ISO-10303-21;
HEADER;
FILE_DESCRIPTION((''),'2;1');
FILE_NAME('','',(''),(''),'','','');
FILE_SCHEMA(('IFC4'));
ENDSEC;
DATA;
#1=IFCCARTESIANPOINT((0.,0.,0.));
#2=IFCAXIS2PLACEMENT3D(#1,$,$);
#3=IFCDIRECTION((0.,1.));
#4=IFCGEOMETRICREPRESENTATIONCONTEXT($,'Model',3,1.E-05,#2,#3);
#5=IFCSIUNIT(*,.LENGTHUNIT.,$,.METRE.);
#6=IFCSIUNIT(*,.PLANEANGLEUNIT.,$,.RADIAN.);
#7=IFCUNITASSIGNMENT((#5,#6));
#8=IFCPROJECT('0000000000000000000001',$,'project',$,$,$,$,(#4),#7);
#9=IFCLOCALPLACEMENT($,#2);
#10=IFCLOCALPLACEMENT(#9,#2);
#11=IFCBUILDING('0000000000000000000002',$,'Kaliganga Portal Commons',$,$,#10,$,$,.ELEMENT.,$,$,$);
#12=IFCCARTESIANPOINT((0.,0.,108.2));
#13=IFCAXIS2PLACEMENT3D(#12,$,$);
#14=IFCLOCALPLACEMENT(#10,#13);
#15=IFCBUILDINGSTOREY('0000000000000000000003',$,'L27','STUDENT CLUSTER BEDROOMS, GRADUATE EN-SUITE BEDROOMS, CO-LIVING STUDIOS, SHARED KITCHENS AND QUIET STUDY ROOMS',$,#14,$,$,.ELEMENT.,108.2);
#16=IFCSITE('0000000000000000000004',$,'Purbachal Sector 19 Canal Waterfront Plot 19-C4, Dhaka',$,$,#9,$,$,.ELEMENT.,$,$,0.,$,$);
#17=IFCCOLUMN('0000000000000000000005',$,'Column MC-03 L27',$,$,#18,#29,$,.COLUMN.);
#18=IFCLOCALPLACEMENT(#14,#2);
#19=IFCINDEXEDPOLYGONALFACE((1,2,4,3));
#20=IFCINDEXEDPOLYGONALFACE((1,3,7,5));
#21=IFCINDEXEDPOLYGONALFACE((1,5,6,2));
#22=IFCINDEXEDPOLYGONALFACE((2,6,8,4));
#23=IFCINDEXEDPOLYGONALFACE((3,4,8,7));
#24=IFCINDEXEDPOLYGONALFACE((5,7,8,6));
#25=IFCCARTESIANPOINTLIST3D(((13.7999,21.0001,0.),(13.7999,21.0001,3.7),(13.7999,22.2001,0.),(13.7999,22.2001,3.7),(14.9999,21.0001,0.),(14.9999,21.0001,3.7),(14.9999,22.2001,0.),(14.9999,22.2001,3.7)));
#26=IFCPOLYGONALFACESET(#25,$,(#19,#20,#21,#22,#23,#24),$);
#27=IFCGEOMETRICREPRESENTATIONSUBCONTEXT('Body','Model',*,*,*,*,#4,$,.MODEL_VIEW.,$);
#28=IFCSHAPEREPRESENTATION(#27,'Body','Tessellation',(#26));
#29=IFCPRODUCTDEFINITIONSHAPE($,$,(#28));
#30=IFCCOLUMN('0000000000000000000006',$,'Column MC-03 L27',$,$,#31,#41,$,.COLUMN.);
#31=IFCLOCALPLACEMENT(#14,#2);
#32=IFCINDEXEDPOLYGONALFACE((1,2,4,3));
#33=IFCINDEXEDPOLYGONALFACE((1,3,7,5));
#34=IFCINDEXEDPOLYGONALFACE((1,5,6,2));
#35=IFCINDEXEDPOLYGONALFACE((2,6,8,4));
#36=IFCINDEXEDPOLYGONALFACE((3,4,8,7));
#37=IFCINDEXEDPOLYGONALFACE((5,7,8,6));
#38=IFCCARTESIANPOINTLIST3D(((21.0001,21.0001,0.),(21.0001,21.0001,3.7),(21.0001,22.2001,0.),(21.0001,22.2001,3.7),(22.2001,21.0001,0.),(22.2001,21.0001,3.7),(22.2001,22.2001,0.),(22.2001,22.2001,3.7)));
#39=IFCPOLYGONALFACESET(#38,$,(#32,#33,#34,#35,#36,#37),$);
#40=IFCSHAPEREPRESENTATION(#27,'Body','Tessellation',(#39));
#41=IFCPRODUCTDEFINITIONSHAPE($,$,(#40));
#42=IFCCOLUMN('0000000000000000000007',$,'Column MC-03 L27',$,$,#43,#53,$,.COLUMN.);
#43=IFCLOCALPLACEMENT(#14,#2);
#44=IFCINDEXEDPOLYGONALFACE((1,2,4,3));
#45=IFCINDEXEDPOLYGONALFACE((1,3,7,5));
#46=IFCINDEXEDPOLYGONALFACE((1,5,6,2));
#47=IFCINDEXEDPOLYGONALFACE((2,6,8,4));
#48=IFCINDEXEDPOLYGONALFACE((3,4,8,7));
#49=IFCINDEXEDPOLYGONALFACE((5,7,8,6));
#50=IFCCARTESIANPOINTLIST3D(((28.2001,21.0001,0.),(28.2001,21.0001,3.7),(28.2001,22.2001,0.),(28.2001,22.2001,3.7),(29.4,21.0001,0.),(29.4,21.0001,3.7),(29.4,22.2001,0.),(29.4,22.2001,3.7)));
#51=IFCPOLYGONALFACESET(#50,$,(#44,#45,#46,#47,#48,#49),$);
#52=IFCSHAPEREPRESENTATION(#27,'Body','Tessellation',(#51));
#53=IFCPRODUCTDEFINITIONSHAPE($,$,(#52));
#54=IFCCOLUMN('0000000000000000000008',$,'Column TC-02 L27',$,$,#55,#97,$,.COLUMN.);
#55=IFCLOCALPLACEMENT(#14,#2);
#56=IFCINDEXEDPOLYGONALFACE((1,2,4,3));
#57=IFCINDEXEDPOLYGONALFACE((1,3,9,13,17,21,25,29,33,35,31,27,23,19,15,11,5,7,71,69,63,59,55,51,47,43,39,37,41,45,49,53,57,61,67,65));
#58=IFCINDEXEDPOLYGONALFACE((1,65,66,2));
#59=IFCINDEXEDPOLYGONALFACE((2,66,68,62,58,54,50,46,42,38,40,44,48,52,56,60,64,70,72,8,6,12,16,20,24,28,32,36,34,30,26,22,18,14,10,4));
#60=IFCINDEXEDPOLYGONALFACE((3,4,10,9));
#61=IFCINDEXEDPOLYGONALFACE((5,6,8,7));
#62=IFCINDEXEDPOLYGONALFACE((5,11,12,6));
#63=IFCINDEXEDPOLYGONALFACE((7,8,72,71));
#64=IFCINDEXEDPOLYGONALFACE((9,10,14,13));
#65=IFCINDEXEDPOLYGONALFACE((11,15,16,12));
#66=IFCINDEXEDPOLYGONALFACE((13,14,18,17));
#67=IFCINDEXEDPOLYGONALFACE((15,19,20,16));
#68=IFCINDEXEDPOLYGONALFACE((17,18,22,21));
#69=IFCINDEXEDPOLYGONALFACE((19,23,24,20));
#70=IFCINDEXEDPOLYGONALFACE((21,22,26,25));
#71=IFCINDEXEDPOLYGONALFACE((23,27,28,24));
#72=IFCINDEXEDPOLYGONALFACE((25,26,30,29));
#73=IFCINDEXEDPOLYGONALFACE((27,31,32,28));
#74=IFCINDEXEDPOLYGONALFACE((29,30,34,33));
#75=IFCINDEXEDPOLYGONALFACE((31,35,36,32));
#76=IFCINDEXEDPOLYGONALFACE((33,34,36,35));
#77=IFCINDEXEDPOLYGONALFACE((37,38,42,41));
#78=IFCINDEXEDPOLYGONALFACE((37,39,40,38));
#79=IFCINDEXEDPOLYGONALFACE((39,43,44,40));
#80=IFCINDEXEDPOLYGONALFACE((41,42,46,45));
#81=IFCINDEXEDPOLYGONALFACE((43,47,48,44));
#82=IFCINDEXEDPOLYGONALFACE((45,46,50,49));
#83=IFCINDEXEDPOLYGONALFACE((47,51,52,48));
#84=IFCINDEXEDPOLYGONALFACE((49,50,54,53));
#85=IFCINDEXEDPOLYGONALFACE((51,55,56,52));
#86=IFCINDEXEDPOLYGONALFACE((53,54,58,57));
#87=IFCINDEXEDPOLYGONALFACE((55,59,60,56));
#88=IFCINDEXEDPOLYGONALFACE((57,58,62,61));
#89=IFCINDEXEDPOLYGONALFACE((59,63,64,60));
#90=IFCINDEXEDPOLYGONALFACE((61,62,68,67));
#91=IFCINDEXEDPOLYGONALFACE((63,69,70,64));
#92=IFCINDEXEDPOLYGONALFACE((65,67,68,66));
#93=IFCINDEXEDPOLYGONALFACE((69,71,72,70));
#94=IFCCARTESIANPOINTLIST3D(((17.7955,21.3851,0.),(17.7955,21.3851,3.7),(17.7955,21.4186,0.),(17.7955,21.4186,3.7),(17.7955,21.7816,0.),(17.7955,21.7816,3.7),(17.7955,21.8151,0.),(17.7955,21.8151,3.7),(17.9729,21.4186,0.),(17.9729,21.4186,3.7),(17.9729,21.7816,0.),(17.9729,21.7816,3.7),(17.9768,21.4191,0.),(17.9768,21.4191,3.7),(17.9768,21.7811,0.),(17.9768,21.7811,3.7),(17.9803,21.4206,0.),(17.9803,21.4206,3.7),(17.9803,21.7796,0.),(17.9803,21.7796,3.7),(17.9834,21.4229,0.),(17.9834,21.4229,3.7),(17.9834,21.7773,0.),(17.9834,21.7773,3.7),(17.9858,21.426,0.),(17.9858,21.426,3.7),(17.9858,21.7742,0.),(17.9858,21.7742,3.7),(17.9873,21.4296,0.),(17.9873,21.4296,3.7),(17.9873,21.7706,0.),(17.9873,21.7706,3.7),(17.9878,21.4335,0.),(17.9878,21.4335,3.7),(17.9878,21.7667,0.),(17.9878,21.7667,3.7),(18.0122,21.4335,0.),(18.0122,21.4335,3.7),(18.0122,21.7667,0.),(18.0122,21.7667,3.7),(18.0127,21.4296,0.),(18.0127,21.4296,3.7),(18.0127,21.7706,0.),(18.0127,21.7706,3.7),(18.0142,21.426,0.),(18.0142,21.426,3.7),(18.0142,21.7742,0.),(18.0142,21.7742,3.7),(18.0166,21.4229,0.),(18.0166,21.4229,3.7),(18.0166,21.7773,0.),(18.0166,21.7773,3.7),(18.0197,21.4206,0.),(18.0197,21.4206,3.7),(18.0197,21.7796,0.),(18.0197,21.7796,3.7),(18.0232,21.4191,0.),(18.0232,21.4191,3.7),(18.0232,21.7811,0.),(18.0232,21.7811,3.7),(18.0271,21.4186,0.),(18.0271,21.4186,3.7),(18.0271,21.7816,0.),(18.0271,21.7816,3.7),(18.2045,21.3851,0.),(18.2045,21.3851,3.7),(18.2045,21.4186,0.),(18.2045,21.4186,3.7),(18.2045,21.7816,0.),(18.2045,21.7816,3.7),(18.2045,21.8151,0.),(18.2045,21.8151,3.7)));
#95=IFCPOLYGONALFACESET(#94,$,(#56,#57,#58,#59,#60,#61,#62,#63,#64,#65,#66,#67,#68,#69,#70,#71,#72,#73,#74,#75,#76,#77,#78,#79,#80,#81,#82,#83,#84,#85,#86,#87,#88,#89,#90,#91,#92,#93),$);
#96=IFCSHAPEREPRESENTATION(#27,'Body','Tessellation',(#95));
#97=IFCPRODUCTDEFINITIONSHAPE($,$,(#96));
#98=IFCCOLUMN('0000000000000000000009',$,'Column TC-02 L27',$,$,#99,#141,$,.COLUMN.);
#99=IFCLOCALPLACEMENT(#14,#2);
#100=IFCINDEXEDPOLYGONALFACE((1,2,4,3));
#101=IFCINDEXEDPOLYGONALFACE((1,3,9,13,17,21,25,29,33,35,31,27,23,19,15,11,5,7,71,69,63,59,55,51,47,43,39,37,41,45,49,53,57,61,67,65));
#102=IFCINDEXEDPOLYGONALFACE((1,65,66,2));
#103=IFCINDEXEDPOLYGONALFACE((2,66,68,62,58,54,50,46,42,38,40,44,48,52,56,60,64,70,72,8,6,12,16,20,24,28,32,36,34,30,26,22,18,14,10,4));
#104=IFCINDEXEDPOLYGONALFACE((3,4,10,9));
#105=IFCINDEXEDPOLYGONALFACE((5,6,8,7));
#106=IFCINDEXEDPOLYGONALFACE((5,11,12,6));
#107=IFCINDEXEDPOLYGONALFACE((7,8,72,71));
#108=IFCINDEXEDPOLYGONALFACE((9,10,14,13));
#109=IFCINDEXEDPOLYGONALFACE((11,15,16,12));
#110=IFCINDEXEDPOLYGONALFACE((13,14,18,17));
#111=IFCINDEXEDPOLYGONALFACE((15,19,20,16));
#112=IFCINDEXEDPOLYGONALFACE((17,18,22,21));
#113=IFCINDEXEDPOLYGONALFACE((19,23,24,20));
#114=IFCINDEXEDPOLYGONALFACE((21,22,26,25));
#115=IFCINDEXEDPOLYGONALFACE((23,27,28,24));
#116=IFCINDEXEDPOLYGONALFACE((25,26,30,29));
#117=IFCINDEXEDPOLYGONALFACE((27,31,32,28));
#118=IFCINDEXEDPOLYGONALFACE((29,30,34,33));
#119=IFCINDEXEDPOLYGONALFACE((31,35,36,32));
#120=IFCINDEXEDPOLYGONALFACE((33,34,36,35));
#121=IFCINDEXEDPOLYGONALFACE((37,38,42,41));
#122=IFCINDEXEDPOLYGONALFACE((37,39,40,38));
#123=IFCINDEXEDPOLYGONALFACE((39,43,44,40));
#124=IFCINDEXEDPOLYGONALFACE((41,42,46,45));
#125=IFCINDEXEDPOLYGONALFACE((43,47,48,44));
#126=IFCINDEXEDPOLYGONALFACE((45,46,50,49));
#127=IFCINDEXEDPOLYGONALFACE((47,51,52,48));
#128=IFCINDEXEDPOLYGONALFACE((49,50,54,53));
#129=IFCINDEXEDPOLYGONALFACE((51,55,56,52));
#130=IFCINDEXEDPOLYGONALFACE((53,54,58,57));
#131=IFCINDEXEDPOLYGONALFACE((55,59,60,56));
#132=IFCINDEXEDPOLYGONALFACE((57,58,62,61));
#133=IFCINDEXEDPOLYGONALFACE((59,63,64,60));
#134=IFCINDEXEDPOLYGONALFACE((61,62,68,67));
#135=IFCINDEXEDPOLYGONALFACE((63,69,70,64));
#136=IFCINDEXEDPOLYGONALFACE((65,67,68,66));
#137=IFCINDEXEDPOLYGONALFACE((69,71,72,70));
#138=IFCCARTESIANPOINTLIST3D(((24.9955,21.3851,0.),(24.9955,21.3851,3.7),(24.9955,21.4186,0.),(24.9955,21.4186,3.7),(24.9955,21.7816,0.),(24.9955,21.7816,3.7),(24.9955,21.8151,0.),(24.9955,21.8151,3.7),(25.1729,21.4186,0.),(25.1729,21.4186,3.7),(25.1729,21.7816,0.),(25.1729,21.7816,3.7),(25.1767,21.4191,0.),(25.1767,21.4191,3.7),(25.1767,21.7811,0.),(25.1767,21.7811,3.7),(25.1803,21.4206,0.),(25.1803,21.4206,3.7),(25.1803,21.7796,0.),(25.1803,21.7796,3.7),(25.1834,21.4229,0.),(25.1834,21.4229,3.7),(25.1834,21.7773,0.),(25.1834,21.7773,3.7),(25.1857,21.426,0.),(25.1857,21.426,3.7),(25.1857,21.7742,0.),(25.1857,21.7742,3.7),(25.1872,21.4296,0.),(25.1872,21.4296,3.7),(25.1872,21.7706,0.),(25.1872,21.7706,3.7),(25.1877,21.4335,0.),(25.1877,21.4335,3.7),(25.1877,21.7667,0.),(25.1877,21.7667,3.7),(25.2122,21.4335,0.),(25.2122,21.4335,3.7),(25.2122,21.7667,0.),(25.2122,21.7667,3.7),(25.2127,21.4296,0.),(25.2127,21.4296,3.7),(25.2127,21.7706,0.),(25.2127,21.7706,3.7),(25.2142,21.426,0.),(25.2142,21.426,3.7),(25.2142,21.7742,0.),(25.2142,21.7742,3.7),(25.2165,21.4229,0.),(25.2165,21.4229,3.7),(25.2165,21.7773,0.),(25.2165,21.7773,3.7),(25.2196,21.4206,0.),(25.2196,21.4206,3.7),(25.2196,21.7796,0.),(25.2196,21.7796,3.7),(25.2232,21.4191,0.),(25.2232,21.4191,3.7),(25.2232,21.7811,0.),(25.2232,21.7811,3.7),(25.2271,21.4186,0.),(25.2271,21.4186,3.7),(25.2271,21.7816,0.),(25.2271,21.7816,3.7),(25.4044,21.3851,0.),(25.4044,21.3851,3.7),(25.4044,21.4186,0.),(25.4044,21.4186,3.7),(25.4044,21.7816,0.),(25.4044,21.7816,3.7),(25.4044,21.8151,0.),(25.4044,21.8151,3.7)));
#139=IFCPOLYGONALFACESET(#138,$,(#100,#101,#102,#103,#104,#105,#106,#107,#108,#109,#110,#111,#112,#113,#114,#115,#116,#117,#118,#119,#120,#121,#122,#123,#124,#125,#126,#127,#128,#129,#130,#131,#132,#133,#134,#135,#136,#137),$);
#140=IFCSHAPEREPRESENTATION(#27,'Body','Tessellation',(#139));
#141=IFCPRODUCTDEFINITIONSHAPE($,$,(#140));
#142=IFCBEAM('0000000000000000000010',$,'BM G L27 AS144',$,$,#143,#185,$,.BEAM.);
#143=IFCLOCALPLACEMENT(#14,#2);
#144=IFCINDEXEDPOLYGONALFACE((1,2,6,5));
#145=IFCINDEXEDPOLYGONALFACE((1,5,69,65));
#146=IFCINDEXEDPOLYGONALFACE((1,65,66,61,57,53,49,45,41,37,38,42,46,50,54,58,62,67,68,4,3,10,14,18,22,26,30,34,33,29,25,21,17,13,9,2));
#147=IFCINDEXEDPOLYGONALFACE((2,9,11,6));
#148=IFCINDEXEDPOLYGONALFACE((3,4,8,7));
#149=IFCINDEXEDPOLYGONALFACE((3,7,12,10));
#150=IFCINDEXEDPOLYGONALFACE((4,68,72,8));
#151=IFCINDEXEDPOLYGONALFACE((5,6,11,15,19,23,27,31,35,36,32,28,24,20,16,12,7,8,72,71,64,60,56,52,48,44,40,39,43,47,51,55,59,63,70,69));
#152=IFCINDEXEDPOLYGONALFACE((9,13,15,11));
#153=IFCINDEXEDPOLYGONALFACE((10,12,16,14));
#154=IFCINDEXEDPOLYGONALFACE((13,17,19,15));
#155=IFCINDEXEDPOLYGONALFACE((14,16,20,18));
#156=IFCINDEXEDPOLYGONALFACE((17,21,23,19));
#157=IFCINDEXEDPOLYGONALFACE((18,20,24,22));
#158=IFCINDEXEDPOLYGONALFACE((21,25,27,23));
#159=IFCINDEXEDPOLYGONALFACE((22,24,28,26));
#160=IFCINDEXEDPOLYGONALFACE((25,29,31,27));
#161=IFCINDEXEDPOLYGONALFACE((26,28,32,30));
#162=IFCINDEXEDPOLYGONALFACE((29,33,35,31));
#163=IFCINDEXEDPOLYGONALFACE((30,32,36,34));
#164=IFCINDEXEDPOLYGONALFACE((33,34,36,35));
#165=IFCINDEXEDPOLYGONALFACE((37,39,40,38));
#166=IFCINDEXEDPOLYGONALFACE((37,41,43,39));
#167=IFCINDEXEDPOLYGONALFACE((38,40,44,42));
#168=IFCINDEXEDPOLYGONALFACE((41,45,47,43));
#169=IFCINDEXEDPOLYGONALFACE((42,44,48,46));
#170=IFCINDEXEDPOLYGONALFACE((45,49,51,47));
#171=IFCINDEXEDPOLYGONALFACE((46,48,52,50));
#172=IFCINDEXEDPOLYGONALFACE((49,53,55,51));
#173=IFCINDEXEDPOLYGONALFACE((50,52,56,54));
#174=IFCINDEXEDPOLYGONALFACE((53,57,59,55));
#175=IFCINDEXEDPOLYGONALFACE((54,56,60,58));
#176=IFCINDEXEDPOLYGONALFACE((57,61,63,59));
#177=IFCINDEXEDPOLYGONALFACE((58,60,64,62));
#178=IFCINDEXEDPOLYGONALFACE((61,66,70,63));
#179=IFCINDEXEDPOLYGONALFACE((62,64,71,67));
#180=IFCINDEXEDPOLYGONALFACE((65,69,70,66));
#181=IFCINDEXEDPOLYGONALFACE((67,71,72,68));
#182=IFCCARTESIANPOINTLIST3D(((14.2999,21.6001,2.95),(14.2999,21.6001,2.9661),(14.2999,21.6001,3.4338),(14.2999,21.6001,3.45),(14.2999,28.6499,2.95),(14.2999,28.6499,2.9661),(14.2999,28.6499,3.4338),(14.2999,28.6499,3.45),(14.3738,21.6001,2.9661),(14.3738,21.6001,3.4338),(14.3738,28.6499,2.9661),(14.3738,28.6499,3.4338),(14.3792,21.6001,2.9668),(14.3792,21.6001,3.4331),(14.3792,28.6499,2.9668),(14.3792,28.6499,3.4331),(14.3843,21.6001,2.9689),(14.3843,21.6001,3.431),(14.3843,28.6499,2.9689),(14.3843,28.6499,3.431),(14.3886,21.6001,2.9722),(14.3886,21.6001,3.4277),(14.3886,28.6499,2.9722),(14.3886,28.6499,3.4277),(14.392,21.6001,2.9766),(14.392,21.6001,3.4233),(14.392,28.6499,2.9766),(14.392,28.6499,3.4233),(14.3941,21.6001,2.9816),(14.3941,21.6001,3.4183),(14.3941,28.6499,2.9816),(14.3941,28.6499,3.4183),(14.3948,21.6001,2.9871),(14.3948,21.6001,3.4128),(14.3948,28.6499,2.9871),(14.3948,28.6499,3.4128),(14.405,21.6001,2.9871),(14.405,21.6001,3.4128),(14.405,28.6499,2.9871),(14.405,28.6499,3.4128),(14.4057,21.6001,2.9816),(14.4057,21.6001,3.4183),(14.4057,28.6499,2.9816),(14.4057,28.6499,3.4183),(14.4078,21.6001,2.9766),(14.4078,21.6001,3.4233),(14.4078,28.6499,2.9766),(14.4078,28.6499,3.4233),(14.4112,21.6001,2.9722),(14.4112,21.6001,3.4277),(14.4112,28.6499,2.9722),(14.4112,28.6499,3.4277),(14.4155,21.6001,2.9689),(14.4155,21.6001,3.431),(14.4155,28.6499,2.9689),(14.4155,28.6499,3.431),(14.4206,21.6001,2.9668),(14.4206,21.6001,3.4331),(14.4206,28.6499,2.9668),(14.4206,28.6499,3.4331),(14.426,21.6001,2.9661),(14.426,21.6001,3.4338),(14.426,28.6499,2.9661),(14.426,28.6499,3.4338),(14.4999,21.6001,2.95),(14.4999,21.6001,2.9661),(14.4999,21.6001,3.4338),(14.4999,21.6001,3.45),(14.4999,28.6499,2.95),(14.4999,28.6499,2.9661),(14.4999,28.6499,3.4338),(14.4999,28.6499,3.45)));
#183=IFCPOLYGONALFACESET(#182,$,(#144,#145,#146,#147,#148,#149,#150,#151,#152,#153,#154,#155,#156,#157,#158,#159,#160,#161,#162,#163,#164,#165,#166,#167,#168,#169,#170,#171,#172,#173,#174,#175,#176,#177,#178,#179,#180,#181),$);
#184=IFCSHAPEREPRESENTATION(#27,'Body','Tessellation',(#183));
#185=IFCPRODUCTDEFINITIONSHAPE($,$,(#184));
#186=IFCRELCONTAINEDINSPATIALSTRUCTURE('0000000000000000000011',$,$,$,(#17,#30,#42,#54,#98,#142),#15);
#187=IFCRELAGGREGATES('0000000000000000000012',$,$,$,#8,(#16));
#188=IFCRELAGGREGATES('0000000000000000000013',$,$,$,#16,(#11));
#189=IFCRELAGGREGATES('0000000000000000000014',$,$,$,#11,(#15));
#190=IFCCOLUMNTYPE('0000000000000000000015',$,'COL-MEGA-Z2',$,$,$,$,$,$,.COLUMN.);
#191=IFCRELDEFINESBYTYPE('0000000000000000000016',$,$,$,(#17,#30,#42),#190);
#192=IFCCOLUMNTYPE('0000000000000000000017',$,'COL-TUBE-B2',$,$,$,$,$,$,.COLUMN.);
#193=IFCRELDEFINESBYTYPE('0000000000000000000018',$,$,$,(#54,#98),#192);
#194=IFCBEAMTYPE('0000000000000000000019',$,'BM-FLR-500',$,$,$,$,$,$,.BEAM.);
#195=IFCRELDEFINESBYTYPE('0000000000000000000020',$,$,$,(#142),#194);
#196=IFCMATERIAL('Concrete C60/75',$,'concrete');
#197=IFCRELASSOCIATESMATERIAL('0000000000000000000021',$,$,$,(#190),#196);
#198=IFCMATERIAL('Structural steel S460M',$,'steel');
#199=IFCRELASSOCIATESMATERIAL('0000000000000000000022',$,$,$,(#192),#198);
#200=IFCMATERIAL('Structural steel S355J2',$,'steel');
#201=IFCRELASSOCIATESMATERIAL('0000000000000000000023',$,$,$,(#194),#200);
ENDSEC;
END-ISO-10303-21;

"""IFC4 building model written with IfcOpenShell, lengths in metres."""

from ifc_helpers import new_model, si_unit, direction, frame, origin, origin_2d, place, context, subcontext, project, spatial, rectangle, i_section, extrude, source, transform, mapped, material, material_profile, profile_set, type_object, element, save


model = new_model("IFC4")

# Units and contexts
model_context = context("Model", 3, precision=1e-05, world=origin(), true_north=direction((0.0, 1.0)))
body_context = subcontext(model_context, "Body", "Model", "MODEL_VIEW")
ifc_project = project(units=[si_unit("LENGTHUNIT", "METRE"), si_unit("PLANEANGLEUNIT", "RADIAN")], contexts=[model_context])

# Site, building, storey
site_placement = place(None, origin())
site = spatial("IfcSite", under=ifc_project, at=site_placement, Name="Purbachal Sector 19 Canal Waterfront Plot 19-C4, Dhaka", CompositionType="ELEMENT", RefElevation=0.0)
building_placement = place(site_placement, origin())
building = spatial("IfcBuilding", under=site, at=building_placement, Name="Kaliganga Portal Commons", CompositionType="ELEMENT")
storey_placement = place(building_placement, frame((0.0, 0.0, 108.2)))
storey = spatial("IfcBuildingStorey", under=building, at=storey_placement, Name="L27", Description="STUDENT CLUSTER BEDROOMS, GRADUATE EN-SUITE BEDROOMS, CO-LIVING STUDIOS, SHARED KITCHENS AND QUIET STUDY ROOMS", CompositionType="ELEMENT", Elevation=108.2)

# Columns
ifc_material_1 = material(Name="Concrete C60/75", Category="concrete")
ifc_material_profile_1 = material_profile(ifc_material_1, rectangle(XDim=1.2, YDim=1.2, at=origin_2d()), Name="RC 1200x1200")
ifc_profile_set_1 = profile_set([ifc_material_profile_1], Name="Concrete C60/75")
column_type_1 = type_object("IfcColumnType", Name="COL-MEGA-Z2", PredefinedType="COLUMN", material=ifc_profile_set_1)
shared_shape_1 = source(origin(), body_context, "Body", "SweptSolid", [
    extrude(rectangle(XDim=1.2, YDim=1.2, at=origin_2d()), origin(), (0.0, 0.0, 1.0), 3.7),
])
for number, where, z_axis, x_axis, name in (
    (1, (14.3999, 21.6001, 0.0), (0.0, 0.0, 1.0), (1.0, 0.0, 0.0), "Column MC-03 L27"),
    (2, (21.6001, 21.6001, 0.0), (0.0, 0.0, 1.0), (1.0, 0.0, 0.0), "Column MC-03 L27"),
    (3, (28.8, 21.6001, 0.0), (0.0, 0.0, 1.0), (1.0, 0.0, 0.0), "Column MC-03 L27"),
):
    element("IfcColumn", number, at=place(storey_placement, frame(where, z_axis=z_axis, x_axis=x_axis)), inside=storey, type_object=column_type_1, Name=name, PredefinedType="COLUMN", context=body_context, shape_type="MappedRepresentation", body=[
        mapped(shared_shape_1, transform((0.0, 0.0, 0.0), x_axis=(1.0, 0.0, 0.0), y_axis=(0.0, 1.0, 0.0), z_axis=(0.0, 0.0, 1.0), scale=1.0)),
    ])
ifc_material_2 = material(Name="Structural steel S460M", Category="steel")
ifc_material_profile_2 = material_profile(ifc_material_2, i_section(OverallWidth=0.4089, OverallDepth=0.4299, WebThickness=0.0244, FlangeThickness=0.0334, FilletRadius=0.0149, at=origin_2d()), Name="HD 400x421")
ifc_profile_set_2 = profile_set([ifc_material_profile_2], Name="Structural steel S460M wide-flange")
column_type_2 = type_object("IfcColumnType", Name="COL-TUBE-B2", PredefinedType="COLUMN", material=ifc_profile_set_2)
shared_shape_2 = source(origin(), body_context, "Body", "SweptSolid", [
    extrude(i_section(OverallWidth=0.4089, OverallDepth=0.4299, WebThickness=0.0244, FlangeThickness=0.0334, FilletRadius=0.0149, at=origin_2d()), origin(), (0.0, 0.0, 1.0), 3.7),
])
for number, where, z_axis, x_axis, name in (
    (4, (18.0, 21.6001, 0.0), (0.0, 0.0, 1.0), (1.0, 0.0, 0.0), "Column TC-02 L27"),
    (5, (25.2, 21.6001, 0.0), (0.0, 0.0, 1.0), (1.0, 0.0, 0.0), "Column TC-02 L27"),
):
    element("IfcColumn", number, at=place(storey_placement, frame(where, z_axis=z_axis, x_axis=x_axis)), inside=storey, type_object=column_type_2, Name=name, PredefinedType="COLUMN", context=body_context, shape_type="MappedRepresentation", body=[
        mapped(shared_shape_2, transform((0.0, 0.0, 0.0), x_axis=(1.0, 0.0, 0.0), y_axis=(0.0, 1.0, 0.0), z_axis=(0.0, 0.0, 1.0), scale=1.0)),
    ])

# Beam
ifc_material_3 = material(Name="Structural steel S355J2", Category="steel")
ifc_material_profile_3 = material_profile(ifc_material_3, i_section(OverallWidth=0.2, OverallDepth=0.5, WebThickness=0.0103, FlangeThickness=0.0161, FilletRadius=0.021, at=origin_2d()), Name="IPE 500")
ifc_profile_set_3 = profile_set([ifc_material_profile_3], Name="Structural steel S355J2 wide-flange")
beam_type_1 = type_object("IfcBeamType", Name="BM-FLR-500", PredefinedType="BEAM", material=ifc_profile_set_3)
shared_shape_3 = source(origin(), body_context, "Body", "SweptSolid", [
    extrude(i_section(OverallWidth=0.2, OverallDepth=0.5, WebThickness=0.0103, FlangeThickness=0.0161, FilletRadius=0.021, at=origin_2d()), origin(), (0.0, 0.0, 1.0), 7.0498),
])
for number, where, z_axis, x_axis, name in (
    (6, (14.3999, 21.6001, 3.2), (0.0, 1.0, 0.0), (-1.0, 0.0, 0.0), "BM G L27 AS144"),
):
    element("IfcBeam", number, at=place(storey_placement, frame(where, z_axis=z_axis, x_axis=x_axis)), inside=storey, type_object=beam_type_1, Name=name, PredefinedType="BEAM", context=body_context, shape_type="MappedRepresentation", body=[
        mapped(shared_shape_3, transform((0.0, 0.0, 0.0), x_axis=(1.0, 0.0, 0.0), y_axis=(0.0, 1.0, 0.0), z_axis=(0.0, 0.0, 1.0), scale=1.0)),
    ])

save(model, "model.ifc")
